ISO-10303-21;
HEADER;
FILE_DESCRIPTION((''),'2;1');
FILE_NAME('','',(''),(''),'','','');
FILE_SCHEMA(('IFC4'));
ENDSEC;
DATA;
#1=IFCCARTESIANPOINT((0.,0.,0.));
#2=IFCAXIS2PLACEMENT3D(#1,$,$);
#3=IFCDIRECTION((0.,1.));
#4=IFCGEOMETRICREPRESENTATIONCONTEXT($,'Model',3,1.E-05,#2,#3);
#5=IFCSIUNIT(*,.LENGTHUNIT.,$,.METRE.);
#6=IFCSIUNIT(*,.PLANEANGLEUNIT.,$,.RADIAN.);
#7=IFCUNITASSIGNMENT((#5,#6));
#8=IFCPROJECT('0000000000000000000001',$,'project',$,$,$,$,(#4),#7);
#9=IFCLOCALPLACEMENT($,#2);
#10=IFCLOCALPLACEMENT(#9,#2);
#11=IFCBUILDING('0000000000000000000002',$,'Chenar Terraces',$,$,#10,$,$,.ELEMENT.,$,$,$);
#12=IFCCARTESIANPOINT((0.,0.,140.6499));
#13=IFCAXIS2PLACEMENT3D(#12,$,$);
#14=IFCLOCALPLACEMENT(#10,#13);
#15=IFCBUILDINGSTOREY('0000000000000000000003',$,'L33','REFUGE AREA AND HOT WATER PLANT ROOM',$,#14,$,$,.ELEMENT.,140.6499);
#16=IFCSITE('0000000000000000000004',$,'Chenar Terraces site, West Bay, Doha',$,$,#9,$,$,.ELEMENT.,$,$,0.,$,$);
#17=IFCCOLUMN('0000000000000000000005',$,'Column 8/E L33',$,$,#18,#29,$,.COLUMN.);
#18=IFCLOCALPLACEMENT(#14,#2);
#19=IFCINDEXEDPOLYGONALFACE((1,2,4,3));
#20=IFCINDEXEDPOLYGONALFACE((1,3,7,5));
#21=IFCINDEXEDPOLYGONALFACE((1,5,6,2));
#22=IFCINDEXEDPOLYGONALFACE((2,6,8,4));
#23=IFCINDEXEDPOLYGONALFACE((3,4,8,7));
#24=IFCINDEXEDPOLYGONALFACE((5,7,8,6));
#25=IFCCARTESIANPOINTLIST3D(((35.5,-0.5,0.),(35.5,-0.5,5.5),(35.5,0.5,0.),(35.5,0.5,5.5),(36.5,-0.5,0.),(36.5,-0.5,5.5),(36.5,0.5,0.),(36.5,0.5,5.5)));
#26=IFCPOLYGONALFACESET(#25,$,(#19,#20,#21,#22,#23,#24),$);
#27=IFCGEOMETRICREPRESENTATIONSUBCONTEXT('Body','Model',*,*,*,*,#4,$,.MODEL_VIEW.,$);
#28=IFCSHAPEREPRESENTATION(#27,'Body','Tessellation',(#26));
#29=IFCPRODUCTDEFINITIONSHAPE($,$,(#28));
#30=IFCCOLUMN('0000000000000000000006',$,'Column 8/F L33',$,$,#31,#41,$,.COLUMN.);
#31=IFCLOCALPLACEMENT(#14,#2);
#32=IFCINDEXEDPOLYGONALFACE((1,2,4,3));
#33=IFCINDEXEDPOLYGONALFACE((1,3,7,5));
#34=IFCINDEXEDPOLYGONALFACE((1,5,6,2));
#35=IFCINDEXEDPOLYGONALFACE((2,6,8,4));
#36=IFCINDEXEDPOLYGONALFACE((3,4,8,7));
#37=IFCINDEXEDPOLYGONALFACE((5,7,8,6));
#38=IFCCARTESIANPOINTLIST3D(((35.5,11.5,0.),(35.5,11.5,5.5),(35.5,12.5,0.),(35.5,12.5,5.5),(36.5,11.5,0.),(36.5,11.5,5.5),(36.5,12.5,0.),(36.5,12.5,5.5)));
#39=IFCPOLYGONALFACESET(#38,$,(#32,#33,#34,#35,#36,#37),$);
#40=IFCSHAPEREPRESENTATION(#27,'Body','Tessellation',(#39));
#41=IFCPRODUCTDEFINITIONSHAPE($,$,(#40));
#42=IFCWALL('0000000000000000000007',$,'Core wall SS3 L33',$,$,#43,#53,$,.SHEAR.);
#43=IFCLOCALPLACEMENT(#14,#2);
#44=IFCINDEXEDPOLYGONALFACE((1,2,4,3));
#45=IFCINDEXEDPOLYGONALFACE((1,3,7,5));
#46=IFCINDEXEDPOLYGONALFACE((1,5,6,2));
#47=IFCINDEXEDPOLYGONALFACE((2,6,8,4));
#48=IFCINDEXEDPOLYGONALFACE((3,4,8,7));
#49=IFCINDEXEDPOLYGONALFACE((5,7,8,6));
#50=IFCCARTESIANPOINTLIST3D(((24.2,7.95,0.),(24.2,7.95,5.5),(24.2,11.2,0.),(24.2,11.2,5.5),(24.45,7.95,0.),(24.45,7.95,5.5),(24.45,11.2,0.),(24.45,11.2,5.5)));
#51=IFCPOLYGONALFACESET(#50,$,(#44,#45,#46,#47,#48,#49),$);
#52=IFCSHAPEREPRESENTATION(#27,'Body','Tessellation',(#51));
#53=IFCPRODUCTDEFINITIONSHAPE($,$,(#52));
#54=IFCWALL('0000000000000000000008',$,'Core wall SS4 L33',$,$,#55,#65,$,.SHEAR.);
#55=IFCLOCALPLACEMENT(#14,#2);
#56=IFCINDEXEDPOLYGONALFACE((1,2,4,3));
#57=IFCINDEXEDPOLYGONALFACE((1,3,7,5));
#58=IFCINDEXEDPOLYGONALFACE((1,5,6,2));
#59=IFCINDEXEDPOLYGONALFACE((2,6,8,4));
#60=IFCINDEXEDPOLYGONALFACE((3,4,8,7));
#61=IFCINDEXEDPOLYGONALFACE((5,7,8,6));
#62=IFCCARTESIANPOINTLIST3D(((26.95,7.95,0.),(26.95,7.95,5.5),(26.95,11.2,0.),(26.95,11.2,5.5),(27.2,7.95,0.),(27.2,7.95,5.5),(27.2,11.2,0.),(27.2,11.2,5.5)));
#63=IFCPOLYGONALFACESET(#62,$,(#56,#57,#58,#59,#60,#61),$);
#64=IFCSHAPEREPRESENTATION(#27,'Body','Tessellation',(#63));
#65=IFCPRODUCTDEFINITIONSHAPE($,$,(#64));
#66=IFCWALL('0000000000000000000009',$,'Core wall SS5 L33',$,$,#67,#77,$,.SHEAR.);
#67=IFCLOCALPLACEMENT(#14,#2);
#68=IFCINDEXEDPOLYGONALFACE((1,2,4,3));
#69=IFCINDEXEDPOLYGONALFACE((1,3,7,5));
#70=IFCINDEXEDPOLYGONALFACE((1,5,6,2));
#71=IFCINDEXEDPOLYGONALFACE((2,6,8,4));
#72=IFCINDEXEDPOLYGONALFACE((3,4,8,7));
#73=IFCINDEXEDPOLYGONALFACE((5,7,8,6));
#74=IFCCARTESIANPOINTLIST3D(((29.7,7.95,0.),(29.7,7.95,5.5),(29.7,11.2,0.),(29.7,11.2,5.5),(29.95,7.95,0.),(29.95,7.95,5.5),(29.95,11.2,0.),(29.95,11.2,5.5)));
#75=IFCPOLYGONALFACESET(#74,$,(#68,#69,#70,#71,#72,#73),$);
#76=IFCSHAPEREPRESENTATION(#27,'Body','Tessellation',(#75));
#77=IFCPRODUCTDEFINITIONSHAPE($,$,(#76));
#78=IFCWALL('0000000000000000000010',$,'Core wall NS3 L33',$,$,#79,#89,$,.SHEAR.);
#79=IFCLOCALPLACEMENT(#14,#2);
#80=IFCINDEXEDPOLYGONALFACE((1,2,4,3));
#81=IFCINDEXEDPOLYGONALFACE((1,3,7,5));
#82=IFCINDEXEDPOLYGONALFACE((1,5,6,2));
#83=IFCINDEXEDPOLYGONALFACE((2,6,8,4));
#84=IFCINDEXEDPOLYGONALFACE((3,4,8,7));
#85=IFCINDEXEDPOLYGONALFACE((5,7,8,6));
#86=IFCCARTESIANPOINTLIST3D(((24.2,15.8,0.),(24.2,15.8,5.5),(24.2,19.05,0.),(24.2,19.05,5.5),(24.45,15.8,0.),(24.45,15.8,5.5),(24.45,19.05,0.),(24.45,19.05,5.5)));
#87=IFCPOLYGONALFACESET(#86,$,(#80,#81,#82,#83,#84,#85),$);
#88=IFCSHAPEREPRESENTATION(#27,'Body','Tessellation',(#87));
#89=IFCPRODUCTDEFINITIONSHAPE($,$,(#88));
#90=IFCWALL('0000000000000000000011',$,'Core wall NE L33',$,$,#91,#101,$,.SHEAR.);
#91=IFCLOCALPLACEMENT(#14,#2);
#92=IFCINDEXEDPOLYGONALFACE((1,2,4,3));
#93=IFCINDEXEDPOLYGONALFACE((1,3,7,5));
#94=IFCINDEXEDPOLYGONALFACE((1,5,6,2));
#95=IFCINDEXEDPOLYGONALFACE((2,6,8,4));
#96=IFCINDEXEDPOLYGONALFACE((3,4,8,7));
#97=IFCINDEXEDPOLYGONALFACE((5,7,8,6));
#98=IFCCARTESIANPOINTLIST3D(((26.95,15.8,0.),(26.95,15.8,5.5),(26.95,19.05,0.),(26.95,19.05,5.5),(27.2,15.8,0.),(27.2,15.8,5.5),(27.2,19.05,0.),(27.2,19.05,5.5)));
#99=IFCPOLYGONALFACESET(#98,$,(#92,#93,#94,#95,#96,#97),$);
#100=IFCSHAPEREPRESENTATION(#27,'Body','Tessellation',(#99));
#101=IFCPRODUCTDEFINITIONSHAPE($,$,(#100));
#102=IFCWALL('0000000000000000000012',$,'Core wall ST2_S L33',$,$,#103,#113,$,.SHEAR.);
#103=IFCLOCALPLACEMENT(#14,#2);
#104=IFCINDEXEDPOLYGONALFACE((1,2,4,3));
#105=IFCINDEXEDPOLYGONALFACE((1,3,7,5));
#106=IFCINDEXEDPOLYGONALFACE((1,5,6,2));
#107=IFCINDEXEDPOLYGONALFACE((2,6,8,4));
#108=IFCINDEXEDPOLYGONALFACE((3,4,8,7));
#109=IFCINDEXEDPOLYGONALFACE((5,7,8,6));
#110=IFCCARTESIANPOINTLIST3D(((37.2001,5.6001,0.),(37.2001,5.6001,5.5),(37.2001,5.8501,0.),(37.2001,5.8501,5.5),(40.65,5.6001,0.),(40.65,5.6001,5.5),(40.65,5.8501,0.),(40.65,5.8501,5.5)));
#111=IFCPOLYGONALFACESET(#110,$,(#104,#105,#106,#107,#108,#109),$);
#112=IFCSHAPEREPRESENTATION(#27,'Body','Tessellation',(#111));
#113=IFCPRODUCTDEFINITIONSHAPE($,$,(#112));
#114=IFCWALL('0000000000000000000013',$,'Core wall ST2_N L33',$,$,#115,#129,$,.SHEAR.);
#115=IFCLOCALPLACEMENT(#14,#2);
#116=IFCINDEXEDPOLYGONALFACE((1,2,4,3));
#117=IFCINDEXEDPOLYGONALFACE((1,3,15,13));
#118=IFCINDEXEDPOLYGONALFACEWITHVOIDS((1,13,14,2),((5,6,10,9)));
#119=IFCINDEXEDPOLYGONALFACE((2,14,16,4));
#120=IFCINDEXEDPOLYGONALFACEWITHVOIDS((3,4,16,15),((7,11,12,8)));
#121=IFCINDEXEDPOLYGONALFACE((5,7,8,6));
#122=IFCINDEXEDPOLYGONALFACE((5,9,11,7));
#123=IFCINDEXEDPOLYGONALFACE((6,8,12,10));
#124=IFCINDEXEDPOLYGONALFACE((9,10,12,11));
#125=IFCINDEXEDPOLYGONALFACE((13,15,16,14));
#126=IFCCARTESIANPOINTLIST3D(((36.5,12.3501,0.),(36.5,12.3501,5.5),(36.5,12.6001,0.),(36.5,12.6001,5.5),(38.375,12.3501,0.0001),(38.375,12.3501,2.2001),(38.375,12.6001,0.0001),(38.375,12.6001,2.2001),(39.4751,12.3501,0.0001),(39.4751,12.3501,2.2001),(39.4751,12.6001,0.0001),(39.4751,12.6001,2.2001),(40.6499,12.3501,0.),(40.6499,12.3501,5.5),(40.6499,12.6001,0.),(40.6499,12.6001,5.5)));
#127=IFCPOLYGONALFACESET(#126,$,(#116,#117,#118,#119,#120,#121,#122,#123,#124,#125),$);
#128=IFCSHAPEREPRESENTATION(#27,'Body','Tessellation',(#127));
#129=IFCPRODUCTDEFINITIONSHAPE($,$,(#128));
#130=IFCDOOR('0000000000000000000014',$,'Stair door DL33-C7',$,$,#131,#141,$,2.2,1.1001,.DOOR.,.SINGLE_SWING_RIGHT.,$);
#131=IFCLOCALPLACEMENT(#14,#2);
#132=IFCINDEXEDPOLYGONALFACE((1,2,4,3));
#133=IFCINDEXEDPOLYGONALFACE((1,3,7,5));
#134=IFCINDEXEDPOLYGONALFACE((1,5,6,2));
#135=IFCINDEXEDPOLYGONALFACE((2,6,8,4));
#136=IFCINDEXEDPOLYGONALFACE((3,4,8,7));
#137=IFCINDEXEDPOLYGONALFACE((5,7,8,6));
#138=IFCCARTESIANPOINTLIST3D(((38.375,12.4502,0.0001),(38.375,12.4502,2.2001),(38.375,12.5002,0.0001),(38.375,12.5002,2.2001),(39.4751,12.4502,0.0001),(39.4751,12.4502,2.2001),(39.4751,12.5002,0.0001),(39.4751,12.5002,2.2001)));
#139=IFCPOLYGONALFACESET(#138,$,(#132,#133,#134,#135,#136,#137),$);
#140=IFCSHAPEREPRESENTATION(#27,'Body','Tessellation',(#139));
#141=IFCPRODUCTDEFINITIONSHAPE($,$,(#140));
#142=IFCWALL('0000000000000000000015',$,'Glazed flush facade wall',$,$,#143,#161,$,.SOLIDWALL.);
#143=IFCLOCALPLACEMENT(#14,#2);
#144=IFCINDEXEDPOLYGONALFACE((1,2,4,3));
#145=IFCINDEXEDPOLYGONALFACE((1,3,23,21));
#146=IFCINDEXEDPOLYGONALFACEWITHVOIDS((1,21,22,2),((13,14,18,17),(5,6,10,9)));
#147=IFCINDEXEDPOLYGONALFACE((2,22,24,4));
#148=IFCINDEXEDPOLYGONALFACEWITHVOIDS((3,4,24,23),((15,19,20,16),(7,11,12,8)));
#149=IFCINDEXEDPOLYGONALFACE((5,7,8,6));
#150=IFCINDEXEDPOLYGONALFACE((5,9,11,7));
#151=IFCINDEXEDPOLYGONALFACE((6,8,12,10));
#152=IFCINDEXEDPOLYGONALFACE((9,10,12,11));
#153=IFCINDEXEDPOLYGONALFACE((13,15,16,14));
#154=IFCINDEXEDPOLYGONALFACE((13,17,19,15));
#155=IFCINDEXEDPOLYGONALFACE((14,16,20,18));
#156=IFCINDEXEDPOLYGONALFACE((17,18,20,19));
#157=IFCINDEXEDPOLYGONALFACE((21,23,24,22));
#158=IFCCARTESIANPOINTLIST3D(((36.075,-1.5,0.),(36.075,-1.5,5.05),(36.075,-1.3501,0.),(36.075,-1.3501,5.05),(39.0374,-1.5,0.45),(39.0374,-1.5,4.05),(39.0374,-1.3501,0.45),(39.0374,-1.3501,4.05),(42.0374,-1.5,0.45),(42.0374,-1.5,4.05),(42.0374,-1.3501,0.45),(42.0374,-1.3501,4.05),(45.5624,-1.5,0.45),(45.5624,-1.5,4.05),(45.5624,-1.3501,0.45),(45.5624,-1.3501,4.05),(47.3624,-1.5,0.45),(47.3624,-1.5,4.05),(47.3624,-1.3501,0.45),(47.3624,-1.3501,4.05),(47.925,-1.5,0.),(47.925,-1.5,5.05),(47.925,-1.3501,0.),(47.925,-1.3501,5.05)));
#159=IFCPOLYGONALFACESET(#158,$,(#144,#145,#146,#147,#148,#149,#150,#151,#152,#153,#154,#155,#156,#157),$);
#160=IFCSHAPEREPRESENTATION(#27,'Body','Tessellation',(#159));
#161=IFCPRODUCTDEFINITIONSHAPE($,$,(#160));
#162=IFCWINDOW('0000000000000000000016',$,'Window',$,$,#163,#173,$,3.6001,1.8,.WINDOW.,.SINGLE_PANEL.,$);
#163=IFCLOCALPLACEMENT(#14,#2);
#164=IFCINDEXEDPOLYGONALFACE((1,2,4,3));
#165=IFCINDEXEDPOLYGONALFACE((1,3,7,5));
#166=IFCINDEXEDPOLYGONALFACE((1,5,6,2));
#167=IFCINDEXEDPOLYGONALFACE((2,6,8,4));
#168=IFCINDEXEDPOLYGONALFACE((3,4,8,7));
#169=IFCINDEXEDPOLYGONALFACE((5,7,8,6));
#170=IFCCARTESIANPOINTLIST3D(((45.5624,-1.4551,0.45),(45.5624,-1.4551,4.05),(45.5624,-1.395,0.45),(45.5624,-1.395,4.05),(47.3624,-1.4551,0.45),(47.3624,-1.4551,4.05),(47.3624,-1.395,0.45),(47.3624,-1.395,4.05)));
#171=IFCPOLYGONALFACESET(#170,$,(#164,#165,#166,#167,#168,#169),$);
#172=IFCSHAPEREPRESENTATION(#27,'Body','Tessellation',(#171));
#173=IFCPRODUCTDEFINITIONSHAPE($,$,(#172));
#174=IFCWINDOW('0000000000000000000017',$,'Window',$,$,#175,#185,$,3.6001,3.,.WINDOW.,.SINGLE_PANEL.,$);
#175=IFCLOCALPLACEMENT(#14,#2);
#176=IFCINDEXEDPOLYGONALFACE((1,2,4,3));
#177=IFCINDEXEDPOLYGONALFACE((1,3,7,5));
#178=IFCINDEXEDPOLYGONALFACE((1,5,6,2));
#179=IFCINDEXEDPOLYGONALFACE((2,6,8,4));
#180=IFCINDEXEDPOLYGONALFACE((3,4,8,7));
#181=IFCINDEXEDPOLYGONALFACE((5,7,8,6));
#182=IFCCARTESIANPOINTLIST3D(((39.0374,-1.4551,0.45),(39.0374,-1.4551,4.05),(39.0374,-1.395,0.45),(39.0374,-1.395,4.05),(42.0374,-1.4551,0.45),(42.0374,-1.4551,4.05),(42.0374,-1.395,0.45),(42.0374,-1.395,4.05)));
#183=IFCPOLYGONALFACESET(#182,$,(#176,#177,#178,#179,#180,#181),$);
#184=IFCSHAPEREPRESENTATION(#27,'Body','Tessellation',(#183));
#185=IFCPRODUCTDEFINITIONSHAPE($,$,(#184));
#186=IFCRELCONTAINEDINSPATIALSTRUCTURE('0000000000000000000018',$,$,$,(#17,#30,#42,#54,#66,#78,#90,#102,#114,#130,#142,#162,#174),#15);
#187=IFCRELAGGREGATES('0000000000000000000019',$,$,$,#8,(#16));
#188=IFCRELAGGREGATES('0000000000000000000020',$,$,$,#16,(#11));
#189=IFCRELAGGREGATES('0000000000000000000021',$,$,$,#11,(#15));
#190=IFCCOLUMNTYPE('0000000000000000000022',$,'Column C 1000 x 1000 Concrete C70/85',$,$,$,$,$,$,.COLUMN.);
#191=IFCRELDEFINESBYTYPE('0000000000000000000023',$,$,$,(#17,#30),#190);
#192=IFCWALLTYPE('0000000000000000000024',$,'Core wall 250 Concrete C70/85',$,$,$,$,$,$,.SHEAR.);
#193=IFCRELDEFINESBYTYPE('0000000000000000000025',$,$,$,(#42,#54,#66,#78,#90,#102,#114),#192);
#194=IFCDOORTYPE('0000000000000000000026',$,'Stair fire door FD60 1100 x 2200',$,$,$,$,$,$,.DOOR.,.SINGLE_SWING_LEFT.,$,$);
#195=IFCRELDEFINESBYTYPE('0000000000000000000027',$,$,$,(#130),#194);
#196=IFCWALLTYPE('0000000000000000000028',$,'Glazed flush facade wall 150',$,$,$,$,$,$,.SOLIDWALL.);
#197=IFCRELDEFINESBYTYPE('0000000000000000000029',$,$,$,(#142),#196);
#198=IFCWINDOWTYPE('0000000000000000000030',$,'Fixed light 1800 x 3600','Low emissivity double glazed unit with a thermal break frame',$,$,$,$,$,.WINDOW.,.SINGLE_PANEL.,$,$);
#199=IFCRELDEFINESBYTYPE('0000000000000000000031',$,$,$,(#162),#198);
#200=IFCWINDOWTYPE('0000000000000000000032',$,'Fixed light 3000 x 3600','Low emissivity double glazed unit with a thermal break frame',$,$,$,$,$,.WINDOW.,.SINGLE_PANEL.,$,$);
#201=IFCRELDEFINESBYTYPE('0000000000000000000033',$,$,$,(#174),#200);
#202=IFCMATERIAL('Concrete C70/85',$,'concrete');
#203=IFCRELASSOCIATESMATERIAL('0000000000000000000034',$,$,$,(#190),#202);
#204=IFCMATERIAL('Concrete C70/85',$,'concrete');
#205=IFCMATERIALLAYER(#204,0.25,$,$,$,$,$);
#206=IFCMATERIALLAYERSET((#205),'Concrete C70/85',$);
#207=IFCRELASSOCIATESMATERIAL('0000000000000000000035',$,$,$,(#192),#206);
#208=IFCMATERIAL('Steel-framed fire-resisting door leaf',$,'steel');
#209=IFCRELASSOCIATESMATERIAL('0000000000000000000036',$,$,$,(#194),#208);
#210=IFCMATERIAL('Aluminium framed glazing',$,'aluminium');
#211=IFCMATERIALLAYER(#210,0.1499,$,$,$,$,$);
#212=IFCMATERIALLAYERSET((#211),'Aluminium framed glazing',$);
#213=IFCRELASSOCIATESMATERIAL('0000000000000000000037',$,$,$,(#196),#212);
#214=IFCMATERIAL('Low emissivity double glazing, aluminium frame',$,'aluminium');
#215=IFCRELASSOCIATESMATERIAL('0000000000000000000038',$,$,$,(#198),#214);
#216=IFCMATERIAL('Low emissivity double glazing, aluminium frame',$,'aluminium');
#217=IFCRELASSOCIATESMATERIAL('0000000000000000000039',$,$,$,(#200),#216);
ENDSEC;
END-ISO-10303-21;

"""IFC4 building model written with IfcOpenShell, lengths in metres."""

from ifc_helpers import new_model, si_unit, direction, frame, frame_2d, origin, origin_2d, place, context, subcontext, project, spatial, rectangle, extrude, material, layer, layer_set, material_profile, profile_set, type_object, element, fill, save


model = new_model("IFC4")

# Units and contexts
model_context = context("Model", 3, precision=1e-05, world=origin(), true_north=direction((0.0, 1.0)))
body_context = subcontext(model_context, "Body", "Model", "MODEL_VIEW")
ifc_project = project(units=[si_unit("LENGTHUNIT", "METRE"), si_unit("PLANEANGLEUNIT", "RADIAN")], contexts=[model_context])

# Site, building, storey
site_placement = place(None, origin())
site = spatial("IfcSite", under=ifc_project, at=site_placement, Name="Chenar Terraces site, West Bay, Doha", CompositionType="ELEMENT", RefElevation=0.0)
building_placement = place(site_placement, origin())
building = spatial("IfcBuilding", under=site, at=building_placement, Name="Chenar Terraces", CompositionType="ELEMENT")
storey_placement = place(building_placement, frame((0.0, 0.0, 140.6499)))
storey = spatial("IfcBuildingStorey", under=building, at=storey_placement, Name="L33", Description="REFUGE AREA AND HOT WATER PLANT ROOM", CompositionType="ELEMENT", Elevation=140.6499)

# Columns
ifc_material_1 = material(Name="Concrete C70/85", Category="concrete")
ifc_material_profile_1 = material_profile(ifc_material_1, rectangle(XDim=1.0, YDim=1.0, at=origin_2d()), Name="C 1000 x 1000")
ifc_profile_set_1 = profile_set([ifc_material_profile_1], Name="Concrete C70/85")
column_type = type_object("IfcColumnType", Name="Column C 1000 x 1000 Concrete C70/85", PredefinedType="COLUMN", material=ifc_profile_set_1)
for number, where, z_axis, x_axis, name in (
    (1, (36.0, 0.0, 0.0), (0.0, 0.0, 1.0), (1.0, 0.0, 0.0), "Column 8/E L33"),
    (2, (36.0, 12.0, 0.0), (0.0, 0.0, 1.0), (1.0, 0.0, 0.0), "Column 8/F L33"),
):
    element("IfcColumn", number, at=place(storey_placement, frame(where, z_axis=z_axis, x_axis=x_axis)), inside=storey, type_object=column_type, Name=name, PredefinedType="COLUMN", context=body_context, shape_type="SweptSolid", body=[
        extrude(rectangle(XDim=1.0, YDim=1.0, at=origin_2d()), origin(), (0.0, 0.0, 1.0), 5.5),
    ])

# Walls
ifc_material_2 = material(Name="Concrete C70/85", Category="concrete")
ifc_layer_1 = layer(ifc_material_2, 0.25)
ifc_layer_set_1 = layer_set([ifc_layer_1], Name="Concrete C70/85")
wall_type_1 = type_object("IfcWallType", Name="Core wall 250 Concrete C70/85", PredefinedType="SHEAR", material=ifc_layer_set_1)
for number, where, z_axis, x_axis, name in (
    (3, (24.325, 7.95, 0.0), (0.0, 0.0, 1.0), (0.0, 1.0, 0.0), "Core wall SS3 L33"),
    (4, (27.075, 7.95, 0.0), (0.0, 0.0, 1.0), (0.0, 1.0, 0.0), "Core wall SS4 L33"),
    (5, (29.825, 7.95, 0.0), (0.0, 0.0, 1.0), (0.0, 1.0, 0.0), "Core wall SS5 L33"),
    (6, (24.325, 15.8, 0.0), (0.0, 0.0, 1.0), (0.0, 1.0, 0.0), "Core wall NS3 L33"),
    (7, (27.075, 15.8, 0.0), (0.0, 0.0, 1.0), (0.0, 1.0, 0.0), "Core wall NE L33"),
):
    element("IfcWall", number, at=place(storey_placement, frame(where, z_axis=z_axis, x_axis=x_axis)), inside=storey, type_object=wall_type_1, Name=name, PredefinedType="SHEAR", context=body_context, shape_type="SweptSolid", body=[
        extrude(rectangle(XDim=3.25, YDim=0.25, at=frame_2d((1.625, 0.0))), origin(), (0.0, 0.0, 1.0), 5.5),
    ])
wall_1_placement = place(storey_placement, frame((37.2, 5.7251, 0.0), z_axis=(0.0, 0.0, 1.0), x_axis=(1.0, 0.0, 0.0)))
element("IfcWall", 8, at=wall_1_placement, inside=storey, type_object=wall_type_1, Name="Core wall ST2_S L33", PredefinedType="SHEAR", context=body_context, shape_type="SweptSolid", body=[
    extrude(rectangle(XDim=3.45, YDim=0.25, at=frame_2d((1.7251, 0.0))), origin(), (0.0, 0.0, 1.0), 5.5),
])

# Wall, opening, door
wall_2_placement = place(storey_placement, frame((36.5, 12.4751, 0.0), z_axis=(0.0, 0.0, 1.0), x_axis=(1.0, 0.0, 0.0)))
wall_2 = element("IfcWall", 9, at=wall_2_placement, inside=storey, type_object=wall_type_1, Name="Core wall ST2_N L33", PredefinedType="SHEAR", context=body_context, shape_type="SweptSolid", body=[
    extrude(rectangle(XDim=4.1499, YDim=0.25, at=frame_2d((2.075, 0.0))), origin(), (0.0, 0.0, 1.0), 5.5),
])
opening_1_placement = place(wall_2_placement, frame((1.875, 0.0, 0.0)))
opening_1 = element("IfcOpeningElement", 10, at=opening_1_placement, cuts=wall_2, PredefinedType="OPENING", context=body_context, shape_type="SweptSolid", body=[
    extrude(rectangle(XDim=1.1001, YDim=2.2, at=frame_2d((0.55, 1.1001))), frame((0.0, 0.135, 0.0), z_axis=(0.0, -1.0, 0.0), x_axis=(1.0, 0.0, 0.0)), (0.0, 0.0, 1.0), 0.27),
])
ifc_material_3 = material(Name="Steel-framed fire-resisting door leaf", Category="steel")
door_type_1 = type_object("IfcDoorType", Name="Stair fire door FD60 1100 x 2200", OperationType="SINGLE_SWING_LEFT", PredefinedType="DOOR", material=ifc_material_3)
door_1_placement = place(opening_1_placement, frame((1.1001, 0.0, 0.0), z_axis=(0.0, 0.0, 1.0), x_axis=(-1.0, 0.0, 0.0)))
door_1 = element("IfcDoor", 11, at=door_1_placement, inside=storey, type_object=door_type_1, Name="Stair door DL33-C7", OperationType="SINGLE_SWING_RIGHT", OverallHeight=2.2, OverallWidth=1.1001, PredefinedType="DOOR", context=body_context, shape_type="SweptSolid", body=[
    extrude(rectangle(XDim=1.1001, YDim=2.2, at=frame_2d((0.55, 1.1001))), frame((0.0, 0.0249, 0.0), z_axis=(0.0, -1.0, 0.0), x_axis=(1.0, 0.0, 0.0)), (0.0, 0.0, 1.0), 0.05),
])
fill(opening_1, door_1)

# Wall, openings, windows
ifc_material_4 = material(Name="Aluminium framed glazing", Category="aluminium")
ifc_layer_2 = layer(ifc_material_4, 0.1499)
ifc_layer_set_2 = layer_set([ifc_layer_2], Name="Aluminium framed glazing")
wall_type_2 = type_object("IfcWallType", Name="Glazed flush facade wall 150", PredefinedType="SOLIDWALL", material=ifc_layer_set_2)
wall_3_placement = place(storey_placement, frame((36.075, -1.425, 0.0), z_axis=(0.0, 0.0, 1.0), x_axis=(1.0, 0.0, 0.0)))
wall_3 = element("IfcWall", 12, at=wall_3_placement, inside=storey, type_object=wall_type_2, Name="Glazed flush facade wall", PredefinedType="SOLIDWALL", context=body_context, shape_type="SweptSolid", body=[
    extrude(rectangle(XDim=11.8501, YDim=0.1499, at=frame_2d((5.925, 0.0))), origin(), (0.0, 0.0, 1.0), 5.05),
])
opening_2_placement = place(wall_3_placement, frame((2.9624, 0.0, 0.45)))
opening_2 = element("IfcOpeningElement", 13, at=opening_2_placement, cuts=wall_3, PredefinedType="OPENING", context=body_context, shape_type="SweptSolid", body=[
    extrude(rectangle(XDim=3.0, YDim=3.6001, at=frame_2d((1.5, 1.8))), frame((0.0, 0.085, 0.0), z_axis=(0.0, -1.0, 0.0), x_axis=(1.0, 0.0, 0.0)), (0.0, 0.0, 1.0), 0.1699),
])
opening_3_placement = place(wall_3_placement, frame((9.4875, 0.0, 0.45)))
opening_3 = element("IfcOpeningElement", 14, at=opening_3_placement, cuts=wall_3, PredefinedType="OPENING", context=body_context, shape_type="SweptSolid", body=[
    extrude(rectangle(XDim=1.8, YDim=3.6001, at=frame_2d((0.8999, 1.8))), frame((0.0, 0.085, 0.0), z_axis=(0.0, -1.0, 0.0), x_axis=(1.0, 0.0, 0.0)), (0.0, 0.0, 1.0), 0.1699),
])
ifc_material_5 = material(Name="Low emissivity double glazing, aluminium frame", Category="aluminium")
window_type_1 = type_object("IfcWindowType", Name="Fixed light 1800 x 3600", Description="Low emissivity double glazed unit with a thermal break frame", PartitioningType="SINGLE_PANEL", PredefinedType="WINDOW", material=ifc_material_5)
window_1_placement = place(opening_3_placement, origin())
window_1 = element("IfcWindow", 15, at=window_1_placement, inside=storey, type_object=window_type_1, Name="Window", OverallHeight=3.6001, OverallWidth=1.8, PartitioningType="SINGLE_PANEL", PredefinedType="WINDOW", context=body_context, shape_type="SweptSolid", body=[
    extrude(rectangle(XDim=1.8, YDim=3.6001, at=frame_2d((0.8999, 1.8))), frame((0.0, 0.03, 0.0), z_axis=(0.0, -1.0, 0.0), x_axis=(1.0, 0.0, 0.0)), (0.0, 0.0, 1.0), 0.0601),
])
fill(opening_3, window_1)
ifc_material_6 = material(Name="Low emissivity double glazing, aluminium frame", Category="aluminium")
window_type_2 = type_object("IfcWindowType", Name="Fixed light 3000 x 3600", Description="Low emissivity double glazed unit with a thermal break frame", PartitioningType="SINGLE_PANEL", PredefinedType="WINDOW", material=ifc_material_6)
window_2_placement = place(opening_2_placement, origin())
window_2 = element("IfcWindow", 16, at=window_2_placement, inside=storey, type_object=window_type_2, Name="Window", OverallHeight=3.6001, OverallWidth=3.0, PartitioningType="SINGLE_PANEL", PredefinedType="WINDOW", context=body_context, shape_type="SweptSolid", body=[
    extrude(rectangle(XDim=3.0, YDim=3.6001, at=frame_2d((1.5, 1.8))), frame((0.0, 0.03, 0.0), z_axis=(0.0, -1.0, 0.0), x_axis=(1.0, 0.0, 0.0)), (0.0, 0.0, 1.0), 0.0601),
])
fill(opening_2, window_2)

save(model, "model.ifc")
